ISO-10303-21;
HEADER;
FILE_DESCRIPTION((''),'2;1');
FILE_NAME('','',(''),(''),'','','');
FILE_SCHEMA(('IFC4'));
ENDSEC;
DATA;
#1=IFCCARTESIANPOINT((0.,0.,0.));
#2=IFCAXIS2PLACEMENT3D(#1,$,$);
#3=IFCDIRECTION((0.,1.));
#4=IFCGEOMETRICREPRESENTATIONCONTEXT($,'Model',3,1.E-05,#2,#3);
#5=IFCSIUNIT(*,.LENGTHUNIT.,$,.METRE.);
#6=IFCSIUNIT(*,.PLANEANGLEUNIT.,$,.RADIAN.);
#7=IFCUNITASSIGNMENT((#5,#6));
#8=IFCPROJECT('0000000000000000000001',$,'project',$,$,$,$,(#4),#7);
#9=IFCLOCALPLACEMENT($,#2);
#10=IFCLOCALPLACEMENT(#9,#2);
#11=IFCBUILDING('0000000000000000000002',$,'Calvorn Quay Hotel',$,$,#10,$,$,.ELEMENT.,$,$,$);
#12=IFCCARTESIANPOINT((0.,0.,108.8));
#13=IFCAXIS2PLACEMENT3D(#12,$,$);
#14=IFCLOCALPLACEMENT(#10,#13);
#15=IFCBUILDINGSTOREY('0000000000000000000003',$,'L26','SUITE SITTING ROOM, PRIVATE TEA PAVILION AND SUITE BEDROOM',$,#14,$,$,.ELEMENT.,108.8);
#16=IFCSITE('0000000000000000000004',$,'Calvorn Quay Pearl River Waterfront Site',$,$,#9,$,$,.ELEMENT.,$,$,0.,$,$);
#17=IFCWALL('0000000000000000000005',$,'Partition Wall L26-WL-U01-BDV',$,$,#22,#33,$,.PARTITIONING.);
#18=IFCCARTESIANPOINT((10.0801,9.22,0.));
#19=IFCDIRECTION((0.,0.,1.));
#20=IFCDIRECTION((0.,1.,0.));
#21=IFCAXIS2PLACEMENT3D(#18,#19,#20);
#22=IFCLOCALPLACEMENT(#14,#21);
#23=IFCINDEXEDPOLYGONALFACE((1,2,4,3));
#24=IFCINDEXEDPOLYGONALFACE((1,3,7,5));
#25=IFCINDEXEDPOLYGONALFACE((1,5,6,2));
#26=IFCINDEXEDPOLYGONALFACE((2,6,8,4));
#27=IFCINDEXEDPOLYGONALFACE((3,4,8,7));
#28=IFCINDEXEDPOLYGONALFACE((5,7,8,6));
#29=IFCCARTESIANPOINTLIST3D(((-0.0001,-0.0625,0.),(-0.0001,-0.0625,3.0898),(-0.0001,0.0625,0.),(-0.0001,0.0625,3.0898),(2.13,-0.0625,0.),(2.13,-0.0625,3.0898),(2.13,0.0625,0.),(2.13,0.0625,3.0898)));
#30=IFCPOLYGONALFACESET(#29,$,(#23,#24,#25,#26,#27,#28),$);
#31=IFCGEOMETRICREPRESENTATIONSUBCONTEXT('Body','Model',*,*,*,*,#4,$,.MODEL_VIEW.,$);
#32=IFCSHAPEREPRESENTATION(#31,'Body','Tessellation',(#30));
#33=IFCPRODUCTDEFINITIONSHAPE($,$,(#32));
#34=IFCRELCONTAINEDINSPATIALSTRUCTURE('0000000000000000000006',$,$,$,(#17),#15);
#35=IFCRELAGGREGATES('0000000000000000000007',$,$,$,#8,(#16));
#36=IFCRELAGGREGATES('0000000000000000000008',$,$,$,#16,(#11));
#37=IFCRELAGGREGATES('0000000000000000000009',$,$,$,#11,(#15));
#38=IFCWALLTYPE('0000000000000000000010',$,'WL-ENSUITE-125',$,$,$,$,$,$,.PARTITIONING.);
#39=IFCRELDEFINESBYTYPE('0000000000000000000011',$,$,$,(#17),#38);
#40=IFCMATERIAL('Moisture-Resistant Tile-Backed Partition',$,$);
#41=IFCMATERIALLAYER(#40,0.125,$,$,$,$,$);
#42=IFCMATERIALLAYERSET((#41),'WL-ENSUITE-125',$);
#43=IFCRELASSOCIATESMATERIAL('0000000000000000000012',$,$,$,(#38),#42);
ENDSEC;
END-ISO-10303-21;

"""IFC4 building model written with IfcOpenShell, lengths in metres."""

from ifc_helpers import new_model, si_unit, direction, frame, frame_2d, origin, place, context, subcontext, project, spatial, rectangle, extrude, material, layer, layer_set, type_object, element, save


model = new_model("IFC4")

# Units and contexts
model_context = context("Model", 3, precision=1e-05, world=origin(), true_north=direction((0.0, 1.0)))
body_context = subcontext(model_context, "Body", "Model", "MODEL_VIEW")
ifc_project = project(units=[si_unit("LENGTHUNIT", "METRE"), si_unit("PLANEANGLEUNIT", "RADIAN")], contexts=[model_context])

# Site, building, storey
site_placement = place(None, origin())
site = spatial("IfcSite", under=ifc_project, at=site_placement, Name="Calvorn Quay Pearl River Waterfront Site", CompositionType="ELEMENT", RefElevation=0.0)
building_placement = place(site_placement, origin())
building = spatial("IfcBuilding", under=site, at=building_placement, Name="Calvorn Quay Hotel", CompositionType="ELEMENT")
storey_placement = place(building_placement, frame((0.0, 0.0, 108.8)))
storey = spatial("IfcBuildingStorey", under=building, at=storey_placement, Name="L26", Description="SUITE SITTING ROOM, PRIVATE TEA PAVILION AND SUITE BEDROOM", CompositionType="ELEMENT", Elevation=108.8)

# Wall
ifc_material_1 = material(Name="Moisture-Resistant Tile-Backed Partition")
ifc_layer_1 = layer(ifc_material_1, 0.125)
ifc_layer_set_1 = layer_set([ifc_layer_1], Name="WL-ENSUITE-125")
wall_type_1 = type_object("IfcWallType", Name="WL-ENSUITE-125", PredefinedType="PARTITIONING", material=ifc_layer_set_1)
wall_1_placement = place(storey_placement, frame((10.0801, 9.22, 0.0), z_axis=(0.0, 0.0, 1.0), x_axis=(0.0, 1.0, 0.0)))
element("IfcWall", 1, at=wall_1_placement, inside=storey, type_object=wall_type_1, Name="Partition Wall L26-WL-U01-BDV", PredefinedType="PARTITIONING", context=body_context, shape_type="SweptSolid", body=[
    extrude(rectangle(XDim=2.1301, YDim=0.125, at=frame_2d((1.0649, 0.0))), origin(), (0.0, 0.0, 1.0), 3.0898),
])

save(model, "model.ifc")
